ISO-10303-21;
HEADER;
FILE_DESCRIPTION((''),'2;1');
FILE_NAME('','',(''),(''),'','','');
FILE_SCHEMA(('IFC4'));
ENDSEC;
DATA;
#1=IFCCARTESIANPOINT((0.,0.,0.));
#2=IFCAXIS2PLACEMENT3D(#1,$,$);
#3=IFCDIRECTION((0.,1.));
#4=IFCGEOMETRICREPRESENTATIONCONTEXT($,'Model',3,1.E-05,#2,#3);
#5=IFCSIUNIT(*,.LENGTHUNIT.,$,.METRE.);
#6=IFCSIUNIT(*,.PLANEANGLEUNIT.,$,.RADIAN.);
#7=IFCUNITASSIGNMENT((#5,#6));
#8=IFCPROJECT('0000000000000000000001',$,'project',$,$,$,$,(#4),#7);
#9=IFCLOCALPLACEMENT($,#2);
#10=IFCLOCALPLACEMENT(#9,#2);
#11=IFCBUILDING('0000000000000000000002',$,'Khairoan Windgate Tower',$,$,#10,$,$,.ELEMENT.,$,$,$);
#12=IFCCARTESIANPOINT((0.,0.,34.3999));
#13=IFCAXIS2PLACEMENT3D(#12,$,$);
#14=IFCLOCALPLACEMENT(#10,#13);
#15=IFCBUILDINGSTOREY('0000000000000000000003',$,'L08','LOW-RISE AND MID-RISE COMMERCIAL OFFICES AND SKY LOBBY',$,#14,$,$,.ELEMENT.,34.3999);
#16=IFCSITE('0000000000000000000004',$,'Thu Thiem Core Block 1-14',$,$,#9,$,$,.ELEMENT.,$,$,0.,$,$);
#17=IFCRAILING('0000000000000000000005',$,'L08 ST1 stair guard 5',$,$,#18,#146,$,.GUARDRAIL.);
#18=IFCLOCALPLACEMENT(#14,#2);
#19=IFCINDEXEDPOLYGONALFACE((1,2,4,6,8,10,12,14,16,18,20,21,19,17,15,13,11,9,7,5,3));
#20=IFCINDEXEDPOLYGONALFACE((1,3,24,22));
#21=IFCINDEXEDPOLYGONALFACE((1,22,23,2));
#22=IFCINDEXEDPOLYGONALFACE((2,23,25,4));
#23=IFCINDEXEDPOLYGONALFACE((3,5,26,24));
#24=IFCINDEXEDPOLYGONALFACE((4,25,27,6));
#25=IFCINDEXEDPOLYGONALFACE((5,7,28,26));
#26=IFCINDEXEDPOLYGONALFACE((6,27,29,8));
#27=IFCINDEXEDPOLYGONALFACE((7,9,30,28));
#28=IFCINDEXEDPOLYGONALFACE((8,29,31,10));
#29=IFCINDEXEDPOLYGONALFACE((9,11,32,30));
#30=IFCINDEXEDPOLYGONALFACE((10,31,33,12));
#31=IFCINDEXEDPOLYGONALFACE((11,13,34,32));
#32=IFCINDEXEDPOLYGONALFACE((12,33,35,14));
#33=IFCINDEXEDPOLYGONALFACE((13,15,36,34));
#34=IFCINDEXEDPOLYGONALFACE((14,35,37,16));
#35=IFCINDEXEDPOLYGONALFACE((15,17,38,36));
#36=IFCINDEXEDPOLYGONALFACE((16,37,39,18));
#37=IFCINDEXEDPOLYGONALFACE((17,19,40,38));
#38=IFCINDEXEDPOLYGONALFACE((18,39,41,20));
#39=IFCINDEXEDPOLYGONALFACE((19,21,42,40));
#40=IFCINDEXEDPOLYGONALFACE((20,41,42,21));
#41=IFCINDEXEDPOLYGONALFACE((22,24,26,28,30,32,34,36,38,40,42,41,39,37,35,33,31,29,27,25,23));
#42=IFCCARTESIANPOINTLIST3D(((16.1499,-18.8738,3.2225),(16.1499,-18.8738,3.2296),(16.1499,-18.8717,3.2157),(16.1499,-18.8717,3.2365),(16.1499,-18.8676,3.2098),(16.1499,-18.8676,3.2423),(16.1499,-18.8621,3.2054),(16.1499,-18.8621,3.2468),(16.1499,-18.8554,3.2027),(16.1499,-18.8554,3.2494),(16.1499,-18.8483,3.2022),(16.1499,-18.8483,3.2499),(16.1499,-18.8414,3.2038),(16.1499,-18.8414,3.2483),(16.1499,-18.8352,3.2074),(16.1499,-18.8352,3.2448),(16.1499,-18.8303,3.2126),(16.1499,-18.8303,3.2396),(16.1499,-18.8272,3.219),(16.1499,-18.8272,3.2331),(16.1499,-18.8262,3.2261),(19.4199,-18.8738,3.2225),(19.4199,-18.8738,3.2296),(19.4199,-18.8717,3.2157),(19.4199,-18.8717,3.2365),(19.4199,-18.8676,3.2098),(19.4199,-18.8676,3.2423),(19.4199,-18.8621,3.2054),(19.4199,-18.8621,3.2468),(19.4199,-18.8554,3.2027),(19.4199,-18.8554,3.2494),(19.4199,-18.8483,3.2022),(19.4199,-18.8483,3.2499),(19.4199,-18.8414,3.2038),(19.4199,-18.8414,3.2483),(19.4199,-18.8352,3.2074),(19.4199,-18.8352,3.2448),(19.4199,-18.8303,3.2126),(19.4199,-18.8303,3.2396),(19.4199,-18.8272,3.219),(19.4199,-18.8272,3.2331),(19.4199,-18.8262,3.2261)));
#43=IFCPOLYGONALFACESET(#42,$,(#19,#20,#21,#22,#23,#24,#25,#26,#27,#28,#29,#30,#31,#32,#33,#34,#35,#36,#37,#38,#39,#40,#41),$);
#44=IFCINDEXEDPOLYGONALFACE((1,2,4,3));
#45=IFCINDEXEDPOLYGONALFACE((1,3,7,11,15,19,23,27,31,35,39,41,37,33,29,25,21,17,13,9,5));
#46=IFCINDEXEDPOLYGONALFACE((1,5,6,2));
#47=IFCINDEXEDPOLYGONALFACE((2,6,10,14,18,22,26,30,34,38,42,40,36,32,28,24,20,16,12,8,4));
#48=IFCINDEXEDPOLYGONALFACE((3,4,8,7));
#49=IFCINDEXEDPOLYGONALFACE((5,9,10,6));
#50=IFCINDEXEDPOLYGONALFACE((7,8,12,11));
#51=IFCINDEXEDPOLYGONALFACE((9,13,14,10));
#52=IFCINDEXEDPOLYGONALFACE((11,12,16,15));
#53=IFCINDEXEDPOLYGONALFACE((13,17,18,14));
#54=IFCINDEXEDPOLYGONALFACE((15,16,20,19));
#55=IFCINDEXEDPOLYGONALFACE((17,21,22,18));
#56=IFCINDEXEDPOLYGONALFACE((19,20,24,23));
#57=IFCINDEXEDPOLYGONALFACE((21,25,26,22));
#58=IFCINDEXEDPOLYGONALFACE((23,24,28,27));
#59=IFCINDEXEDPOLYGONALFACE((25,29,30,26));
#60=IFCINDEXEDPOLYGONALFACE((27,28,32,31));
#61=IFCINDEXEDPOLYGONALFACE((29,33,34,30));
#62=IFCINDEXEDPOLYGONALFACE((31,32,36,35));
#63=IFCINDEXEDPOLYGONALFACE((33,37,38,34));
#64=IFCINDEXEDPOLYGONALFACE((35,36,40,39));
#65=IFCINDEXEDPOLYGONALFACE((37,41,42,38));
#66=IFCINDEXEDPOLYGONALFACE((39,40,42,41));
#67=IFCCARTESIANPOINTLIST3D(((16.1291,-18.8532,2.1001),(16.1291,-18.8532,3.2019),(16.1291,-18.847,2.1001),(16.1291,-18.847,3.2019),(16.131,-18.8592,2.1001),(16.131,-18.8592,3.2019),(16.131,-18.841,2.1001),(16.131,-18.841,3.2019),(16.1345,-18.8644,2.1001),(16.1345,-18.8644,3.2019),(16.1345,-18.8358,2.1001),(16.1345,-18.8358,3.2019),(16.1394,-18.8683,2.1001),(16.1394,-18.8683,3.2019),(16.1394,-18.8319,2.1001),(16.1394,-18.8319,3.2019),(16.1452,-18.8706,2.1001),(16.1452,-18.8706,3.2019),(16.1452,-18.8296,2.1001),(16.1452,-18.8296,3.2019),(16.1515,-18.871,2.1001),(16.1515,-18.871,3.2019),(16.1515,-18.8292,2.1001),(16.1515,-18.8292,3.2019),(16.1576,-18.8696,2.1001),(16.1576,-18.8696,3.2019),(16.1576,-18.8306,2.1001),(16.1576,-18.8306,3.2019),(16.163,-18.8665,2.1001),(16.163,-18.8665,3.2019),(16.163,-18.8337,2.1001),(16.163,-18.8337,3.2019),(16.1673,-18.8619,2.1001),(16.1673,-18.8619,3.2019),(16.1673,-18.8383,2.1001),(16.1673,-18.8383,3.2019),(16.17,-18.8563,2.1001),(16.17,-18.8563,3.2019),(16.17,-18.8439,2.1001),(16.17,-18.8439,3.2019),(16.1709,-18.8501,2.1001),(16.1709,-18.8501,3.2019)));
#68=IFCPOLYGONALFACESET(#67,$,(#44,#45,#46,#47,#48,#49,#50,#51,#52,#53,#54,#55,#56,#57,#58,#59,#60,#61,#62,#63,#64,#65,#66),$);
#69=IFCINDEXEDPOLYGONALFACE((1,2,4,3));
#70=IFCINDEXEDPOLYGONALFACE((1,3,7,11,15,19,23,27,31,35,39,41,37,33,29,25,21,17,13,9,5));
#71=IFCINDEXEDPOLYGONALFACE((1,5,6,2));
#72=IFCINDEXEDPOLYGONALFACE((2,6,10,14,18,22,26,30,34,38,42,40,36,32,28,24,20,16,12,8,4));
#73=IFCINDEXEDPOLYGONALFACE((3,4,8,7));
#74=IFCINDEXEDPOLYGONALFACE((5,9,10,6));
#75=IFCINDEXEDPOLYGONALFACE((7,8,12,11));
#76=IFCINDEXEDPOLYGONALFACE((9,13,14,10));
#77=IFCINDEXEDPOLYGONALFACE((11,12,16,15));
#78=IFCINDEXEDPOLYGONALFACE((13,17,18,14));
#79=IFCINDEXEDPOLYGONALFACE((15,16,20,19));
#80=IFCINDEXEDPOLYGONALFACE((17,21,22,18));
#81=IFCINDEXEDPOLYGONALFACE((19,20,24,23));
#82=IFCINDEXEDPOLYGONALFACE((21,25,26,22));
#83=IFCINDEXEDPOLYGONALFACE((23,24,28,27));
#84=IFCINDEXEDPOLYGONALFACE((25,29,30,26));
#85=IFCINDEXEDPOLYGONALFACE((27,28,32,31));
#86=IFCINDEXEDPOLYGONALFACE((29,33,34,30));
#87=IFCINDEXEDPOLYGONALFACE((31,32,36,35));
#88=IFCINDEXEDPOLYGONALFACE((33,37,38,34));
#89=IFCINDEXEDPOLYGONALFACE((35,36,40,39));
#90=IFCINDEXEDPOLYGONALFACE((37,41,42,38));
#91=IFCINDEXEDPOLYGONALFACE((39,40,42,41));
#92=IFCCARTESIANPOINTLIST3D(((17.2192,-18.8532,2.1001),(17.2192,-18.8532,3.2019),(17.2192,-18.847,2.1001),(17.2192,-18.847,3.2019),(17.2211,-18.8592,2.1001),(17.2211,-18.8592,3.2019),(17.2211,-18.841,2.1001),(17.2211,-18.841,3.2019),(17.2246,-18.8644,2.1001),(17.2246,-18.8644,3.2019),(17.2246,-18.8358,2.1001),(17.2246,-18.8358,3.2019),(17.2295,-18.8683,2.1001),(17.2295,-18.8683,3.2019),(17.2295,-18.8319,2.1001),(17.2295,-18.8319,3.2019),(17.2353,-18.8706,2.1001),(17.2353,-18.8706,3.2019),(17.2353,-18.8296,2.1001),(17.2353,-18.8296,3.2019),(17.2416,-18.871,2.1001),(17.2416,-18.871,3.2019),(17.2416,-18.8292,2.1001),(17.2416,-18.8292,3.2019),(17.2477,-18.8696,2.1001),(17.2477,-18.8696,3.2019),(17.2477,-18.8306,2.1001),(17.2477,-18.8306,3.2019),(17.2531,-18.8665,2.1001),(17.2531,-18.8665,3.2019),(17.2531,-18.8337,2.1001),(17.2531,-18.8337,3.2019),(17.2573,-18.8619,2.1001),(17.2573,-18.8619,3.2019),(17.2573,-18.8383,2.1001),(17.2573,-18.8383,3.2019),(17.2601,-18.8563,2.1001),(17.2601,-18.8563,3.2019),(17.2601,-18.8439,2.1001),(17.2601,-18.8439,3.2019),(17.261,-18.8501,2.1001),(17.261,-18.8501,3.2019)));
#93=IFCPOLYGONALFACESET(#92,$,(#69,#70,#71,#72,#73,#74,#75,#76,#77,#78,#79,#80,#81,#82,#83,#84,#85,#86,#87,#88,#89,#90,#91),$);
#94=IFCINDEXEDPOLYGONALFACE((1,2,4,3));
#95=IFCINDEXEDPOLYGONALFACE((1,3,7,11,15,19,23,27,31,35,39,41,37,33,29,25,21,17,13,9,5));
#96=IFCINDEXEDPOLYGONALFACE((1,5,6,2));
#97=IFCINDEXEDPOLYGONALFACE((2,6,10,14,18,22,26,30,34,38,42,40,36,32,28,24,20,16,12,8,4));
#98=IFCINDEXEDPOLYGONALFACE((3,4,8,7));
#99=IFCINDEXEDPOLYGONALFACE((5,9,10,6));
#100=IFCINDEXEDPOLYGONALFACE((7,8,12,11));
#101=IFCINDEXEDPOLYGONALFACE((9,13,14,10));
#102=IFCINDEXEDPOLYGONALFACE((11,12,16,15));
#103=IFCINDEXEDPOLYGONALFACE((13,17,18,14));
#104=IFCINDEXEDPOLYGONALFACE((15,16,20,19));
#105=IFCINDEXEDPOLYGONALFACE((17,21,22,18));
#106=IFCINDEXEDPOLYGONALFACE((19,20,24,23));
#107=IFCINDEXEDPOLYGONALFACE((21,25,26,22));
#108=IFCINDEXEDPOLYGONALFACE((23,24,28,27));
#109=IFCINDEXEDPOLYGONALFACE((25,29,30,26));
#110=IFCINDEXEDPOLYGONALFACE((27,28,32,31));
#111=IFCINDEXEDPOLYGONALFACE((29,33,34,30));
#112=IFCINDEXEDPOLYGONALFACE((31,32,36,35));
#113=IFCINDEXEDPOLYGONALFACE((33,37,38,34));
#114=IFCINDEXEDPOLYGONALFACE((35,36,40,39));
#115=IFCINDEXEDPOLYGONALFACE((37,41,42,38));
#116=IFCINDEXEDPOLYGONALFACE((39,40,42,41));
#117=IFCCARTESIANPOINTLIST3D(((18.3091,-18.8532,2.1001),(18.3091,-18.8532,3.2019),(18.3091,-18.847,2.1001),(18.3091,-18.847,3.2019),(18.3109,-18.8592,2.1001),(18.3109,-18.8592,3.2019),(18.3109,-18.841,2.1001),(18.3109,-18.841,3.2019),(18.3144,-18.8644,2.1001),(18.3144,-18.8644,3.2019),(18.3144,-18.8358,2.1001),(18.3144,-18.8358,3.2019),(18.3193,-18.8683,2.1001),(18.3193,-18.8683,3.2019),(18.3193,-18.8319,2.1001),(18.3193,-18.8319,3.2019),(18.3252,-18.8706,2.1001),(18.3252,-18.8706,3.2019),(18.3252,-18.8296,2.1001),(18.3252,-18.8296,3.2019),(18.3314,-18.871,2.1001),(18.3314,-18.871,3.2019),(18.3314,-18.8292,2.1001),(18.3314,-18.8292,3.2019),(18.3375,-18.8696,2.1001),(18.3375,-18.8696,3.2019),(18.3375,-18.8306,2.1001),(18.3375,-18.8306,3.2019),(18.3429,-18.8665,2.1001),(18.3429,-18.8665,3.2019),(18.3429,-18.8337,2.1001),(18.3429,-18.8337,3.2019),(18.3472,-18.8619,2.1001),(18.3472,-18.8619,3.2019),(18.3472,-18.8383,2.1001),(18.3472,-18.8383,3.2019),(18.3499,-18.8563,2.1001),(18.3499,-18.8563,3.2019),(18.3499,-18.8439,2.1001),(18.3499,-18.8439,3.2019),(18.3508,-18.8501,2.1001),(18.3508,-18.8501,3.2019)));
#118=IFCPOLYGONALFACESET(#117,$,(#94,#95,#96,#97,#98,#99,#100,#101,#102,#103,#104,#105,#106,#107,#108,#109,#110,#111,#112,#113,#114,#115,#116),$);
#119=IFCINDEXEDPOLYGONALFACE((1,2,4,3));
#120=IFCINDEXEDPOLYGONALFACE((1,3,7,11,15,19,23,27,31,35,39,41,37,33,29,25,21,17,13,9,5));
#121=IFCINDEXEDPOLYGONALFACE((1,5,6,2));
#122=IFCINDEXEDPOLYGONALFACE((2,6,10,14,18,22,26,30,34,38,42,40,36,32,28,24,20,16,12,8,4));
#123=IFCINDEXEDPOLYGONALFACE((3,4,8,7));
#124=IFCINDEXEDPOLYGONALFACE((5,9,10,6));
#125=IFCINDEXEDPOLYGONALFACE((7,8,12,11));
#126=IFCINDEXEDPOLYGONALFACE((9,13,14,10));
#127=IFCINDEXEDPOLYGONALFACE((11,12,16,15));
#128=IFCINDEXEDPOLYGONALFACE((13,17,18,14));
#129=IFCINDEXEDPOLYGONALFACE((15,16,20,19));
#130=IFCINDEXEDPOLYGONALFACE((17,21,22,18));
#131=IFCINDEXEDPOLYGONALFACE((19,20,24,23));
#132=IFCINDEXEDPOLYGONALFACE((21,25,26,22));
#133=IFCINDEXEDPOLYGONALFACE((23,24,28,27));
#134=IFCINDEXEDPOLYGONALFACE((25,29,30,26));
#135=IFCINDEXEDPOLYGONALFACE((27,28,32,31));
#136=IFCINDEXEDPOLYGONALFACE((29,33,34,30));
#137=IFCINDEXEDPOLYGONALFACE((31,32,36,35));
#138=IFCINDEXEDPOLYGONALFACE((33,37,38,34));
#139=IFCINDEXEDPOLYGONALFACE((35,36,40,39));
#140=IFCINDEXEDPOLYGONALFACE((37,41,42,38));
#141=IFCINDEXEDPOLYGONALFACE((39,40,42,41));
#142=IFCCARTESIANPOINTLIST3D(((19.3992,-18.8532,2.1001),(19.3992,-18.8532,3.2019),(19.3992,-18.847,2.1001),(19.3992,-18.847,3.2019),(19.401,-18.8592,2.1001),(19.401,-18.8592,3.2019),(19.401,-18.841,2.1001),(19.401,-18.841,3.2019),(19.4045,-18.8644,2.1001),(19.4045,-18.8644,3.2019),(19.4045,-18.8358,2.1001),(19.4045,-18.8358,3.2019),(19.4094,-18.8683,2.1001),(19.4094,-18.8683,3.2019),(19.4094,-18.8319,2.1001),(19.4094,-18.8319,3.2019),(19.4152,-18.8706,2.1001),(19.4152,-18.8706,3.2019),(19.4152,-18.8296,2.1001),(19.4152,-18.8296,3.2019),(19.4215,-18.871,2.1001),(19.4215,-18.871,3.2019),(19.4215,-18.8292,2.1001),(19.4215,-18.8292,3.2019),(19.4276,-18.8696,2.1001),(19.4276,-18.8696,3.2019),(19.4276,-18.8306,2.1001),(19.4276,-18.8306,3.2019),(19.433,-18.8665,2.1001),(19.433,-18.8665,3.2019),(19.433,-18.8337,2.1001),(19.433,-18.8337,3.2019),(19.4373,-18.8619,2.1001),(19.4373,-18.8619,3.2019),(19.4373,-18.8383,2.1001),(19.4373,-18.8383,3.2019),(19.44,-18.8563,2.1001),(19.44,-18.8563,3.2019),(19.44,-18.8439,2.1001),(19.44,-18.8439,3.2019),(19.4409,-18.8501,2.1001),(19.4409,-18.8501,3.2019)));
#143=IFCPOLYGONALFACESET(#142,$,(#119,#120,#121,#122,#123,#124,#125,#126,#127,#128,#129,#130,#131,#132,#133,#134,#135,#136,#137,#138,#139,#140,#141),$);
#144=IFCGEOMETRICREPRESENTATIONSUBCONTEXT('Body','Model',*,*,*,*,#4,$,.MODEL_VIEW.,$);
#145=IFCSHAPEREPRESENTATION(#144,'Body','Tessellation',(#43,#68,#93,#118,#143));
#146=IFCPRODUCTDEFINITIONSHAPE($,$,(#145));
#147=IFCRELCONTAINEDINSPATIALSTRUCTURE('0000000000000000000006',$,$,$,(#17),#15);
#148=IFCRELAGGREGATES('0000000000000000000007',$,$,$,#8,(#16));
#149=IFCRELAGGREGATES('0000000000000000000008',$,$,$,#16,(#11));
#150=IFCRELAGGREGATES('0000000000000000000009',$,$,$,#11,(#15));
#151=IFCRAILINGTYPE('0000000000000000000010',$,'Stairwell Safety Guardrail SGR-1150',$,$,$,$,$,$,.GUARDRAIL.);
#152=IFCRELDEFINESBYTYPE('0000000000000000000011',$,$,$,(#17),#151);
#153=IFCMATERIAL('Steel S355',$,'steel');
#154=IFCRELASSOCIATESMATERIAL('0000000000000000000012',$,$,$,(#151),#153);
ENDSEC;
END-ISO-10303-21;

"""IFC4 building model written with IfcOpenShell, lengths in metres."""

from ifc_helpers import new_model, si_unit, direction, frame, origin, origin_2d, place, context, subcontext, project, spatial, circle, extrude, material, type_object, element, save


model = new_model("IFC4")

# Units and contexts
model_context = context("Model", 3, precision=1e-05, world=origin(), true_north=direction((0.0, 1.0)))
body_context = subcontext(model_context, "Body", "Model", "MODEL_VIEW")
ifc_project = project(units=[si_unit("LENGTHUNIT", "METRE"), si_unit("PLANEANGLEUNIT", "RADIAN")], contexts=[model_context])

# Site, building, storey
site_placement = place(None, origin())
site = spatial("IfcSite", under=ifc_project, at=site_placement, Name="Thu Thiem Core Block 1-14", CompositionType="ELEMENT", RefElevation=0.0)
building_placement = place(site_placement, origin())
building = spatial("IfcBuilding", under=site, at=building_placement, Name="Khairoan Windgate Tower", CompositionType="ELEMENT")
storey_placement = place(building_placement, frame((0.0, 0.0, 34.3999)))
storey = spatial("IfcBuildingStorey", under=building, at=storey_placement, Name="L08", Description="LOW-RISE AND MID-RISE COMMERCIAL OFFICES AND SKY LOBBY", CompositionType="ELEMENT", Elevation=34.3999)

# Railing
ifc_material_1 = material(Name="Steel S355", Category="steel")
railing_type_1 = type_object("IfcRailingType", Name="Stairwell Safety Guardrail SGR-1150", PredefinedType="GUARDRAIL", material=ifc_material_1)
railing_1_placement = place(storey_placement, frame((16.1499, -18.8501, 2.1001)))
element("IfcRailing", 1, at=railing_1_placement, inside=storey, type_object=railing_type_1, Name="L08 ST1 stair guard 5", PredefinedType="GUARDRAIL", context=body_context, shape_type="SweptSolid", body=[
    extrude(circle(Radius=0.0239, at=origin_2d()), frame((0.0, 0.0, 1.126), z_axis=(1.0, 0.0, 0.0), x_axis=(0.0, 1.0, 0.0)), (0.0, 0.0, 1.0), 3.27),
    extrude(circle(Radius=0.021, at=origin_2d()), origin(), (0.0, 0.0, 1.0), 1.1018),
    extrude(circle(Radius=0.021, at=origin_2d()), frame((1.0901, 0.0, 0.0)), (0.0, 0.0, 1.0), 1.1018),
    extrude(circle(Radius=0.021, at=origin_2d()), frame((2.1799, 0.0, 0.0)), (0.0, 0.0, 1.0), 1.1018),
    extrude(circle(Radius=0.021, at=origin_2d()), frame((3.27, 0.0, 0.0)), (0.0, 0.0, 1.0), 1.1018),
])

save(model, "model.ifc")
